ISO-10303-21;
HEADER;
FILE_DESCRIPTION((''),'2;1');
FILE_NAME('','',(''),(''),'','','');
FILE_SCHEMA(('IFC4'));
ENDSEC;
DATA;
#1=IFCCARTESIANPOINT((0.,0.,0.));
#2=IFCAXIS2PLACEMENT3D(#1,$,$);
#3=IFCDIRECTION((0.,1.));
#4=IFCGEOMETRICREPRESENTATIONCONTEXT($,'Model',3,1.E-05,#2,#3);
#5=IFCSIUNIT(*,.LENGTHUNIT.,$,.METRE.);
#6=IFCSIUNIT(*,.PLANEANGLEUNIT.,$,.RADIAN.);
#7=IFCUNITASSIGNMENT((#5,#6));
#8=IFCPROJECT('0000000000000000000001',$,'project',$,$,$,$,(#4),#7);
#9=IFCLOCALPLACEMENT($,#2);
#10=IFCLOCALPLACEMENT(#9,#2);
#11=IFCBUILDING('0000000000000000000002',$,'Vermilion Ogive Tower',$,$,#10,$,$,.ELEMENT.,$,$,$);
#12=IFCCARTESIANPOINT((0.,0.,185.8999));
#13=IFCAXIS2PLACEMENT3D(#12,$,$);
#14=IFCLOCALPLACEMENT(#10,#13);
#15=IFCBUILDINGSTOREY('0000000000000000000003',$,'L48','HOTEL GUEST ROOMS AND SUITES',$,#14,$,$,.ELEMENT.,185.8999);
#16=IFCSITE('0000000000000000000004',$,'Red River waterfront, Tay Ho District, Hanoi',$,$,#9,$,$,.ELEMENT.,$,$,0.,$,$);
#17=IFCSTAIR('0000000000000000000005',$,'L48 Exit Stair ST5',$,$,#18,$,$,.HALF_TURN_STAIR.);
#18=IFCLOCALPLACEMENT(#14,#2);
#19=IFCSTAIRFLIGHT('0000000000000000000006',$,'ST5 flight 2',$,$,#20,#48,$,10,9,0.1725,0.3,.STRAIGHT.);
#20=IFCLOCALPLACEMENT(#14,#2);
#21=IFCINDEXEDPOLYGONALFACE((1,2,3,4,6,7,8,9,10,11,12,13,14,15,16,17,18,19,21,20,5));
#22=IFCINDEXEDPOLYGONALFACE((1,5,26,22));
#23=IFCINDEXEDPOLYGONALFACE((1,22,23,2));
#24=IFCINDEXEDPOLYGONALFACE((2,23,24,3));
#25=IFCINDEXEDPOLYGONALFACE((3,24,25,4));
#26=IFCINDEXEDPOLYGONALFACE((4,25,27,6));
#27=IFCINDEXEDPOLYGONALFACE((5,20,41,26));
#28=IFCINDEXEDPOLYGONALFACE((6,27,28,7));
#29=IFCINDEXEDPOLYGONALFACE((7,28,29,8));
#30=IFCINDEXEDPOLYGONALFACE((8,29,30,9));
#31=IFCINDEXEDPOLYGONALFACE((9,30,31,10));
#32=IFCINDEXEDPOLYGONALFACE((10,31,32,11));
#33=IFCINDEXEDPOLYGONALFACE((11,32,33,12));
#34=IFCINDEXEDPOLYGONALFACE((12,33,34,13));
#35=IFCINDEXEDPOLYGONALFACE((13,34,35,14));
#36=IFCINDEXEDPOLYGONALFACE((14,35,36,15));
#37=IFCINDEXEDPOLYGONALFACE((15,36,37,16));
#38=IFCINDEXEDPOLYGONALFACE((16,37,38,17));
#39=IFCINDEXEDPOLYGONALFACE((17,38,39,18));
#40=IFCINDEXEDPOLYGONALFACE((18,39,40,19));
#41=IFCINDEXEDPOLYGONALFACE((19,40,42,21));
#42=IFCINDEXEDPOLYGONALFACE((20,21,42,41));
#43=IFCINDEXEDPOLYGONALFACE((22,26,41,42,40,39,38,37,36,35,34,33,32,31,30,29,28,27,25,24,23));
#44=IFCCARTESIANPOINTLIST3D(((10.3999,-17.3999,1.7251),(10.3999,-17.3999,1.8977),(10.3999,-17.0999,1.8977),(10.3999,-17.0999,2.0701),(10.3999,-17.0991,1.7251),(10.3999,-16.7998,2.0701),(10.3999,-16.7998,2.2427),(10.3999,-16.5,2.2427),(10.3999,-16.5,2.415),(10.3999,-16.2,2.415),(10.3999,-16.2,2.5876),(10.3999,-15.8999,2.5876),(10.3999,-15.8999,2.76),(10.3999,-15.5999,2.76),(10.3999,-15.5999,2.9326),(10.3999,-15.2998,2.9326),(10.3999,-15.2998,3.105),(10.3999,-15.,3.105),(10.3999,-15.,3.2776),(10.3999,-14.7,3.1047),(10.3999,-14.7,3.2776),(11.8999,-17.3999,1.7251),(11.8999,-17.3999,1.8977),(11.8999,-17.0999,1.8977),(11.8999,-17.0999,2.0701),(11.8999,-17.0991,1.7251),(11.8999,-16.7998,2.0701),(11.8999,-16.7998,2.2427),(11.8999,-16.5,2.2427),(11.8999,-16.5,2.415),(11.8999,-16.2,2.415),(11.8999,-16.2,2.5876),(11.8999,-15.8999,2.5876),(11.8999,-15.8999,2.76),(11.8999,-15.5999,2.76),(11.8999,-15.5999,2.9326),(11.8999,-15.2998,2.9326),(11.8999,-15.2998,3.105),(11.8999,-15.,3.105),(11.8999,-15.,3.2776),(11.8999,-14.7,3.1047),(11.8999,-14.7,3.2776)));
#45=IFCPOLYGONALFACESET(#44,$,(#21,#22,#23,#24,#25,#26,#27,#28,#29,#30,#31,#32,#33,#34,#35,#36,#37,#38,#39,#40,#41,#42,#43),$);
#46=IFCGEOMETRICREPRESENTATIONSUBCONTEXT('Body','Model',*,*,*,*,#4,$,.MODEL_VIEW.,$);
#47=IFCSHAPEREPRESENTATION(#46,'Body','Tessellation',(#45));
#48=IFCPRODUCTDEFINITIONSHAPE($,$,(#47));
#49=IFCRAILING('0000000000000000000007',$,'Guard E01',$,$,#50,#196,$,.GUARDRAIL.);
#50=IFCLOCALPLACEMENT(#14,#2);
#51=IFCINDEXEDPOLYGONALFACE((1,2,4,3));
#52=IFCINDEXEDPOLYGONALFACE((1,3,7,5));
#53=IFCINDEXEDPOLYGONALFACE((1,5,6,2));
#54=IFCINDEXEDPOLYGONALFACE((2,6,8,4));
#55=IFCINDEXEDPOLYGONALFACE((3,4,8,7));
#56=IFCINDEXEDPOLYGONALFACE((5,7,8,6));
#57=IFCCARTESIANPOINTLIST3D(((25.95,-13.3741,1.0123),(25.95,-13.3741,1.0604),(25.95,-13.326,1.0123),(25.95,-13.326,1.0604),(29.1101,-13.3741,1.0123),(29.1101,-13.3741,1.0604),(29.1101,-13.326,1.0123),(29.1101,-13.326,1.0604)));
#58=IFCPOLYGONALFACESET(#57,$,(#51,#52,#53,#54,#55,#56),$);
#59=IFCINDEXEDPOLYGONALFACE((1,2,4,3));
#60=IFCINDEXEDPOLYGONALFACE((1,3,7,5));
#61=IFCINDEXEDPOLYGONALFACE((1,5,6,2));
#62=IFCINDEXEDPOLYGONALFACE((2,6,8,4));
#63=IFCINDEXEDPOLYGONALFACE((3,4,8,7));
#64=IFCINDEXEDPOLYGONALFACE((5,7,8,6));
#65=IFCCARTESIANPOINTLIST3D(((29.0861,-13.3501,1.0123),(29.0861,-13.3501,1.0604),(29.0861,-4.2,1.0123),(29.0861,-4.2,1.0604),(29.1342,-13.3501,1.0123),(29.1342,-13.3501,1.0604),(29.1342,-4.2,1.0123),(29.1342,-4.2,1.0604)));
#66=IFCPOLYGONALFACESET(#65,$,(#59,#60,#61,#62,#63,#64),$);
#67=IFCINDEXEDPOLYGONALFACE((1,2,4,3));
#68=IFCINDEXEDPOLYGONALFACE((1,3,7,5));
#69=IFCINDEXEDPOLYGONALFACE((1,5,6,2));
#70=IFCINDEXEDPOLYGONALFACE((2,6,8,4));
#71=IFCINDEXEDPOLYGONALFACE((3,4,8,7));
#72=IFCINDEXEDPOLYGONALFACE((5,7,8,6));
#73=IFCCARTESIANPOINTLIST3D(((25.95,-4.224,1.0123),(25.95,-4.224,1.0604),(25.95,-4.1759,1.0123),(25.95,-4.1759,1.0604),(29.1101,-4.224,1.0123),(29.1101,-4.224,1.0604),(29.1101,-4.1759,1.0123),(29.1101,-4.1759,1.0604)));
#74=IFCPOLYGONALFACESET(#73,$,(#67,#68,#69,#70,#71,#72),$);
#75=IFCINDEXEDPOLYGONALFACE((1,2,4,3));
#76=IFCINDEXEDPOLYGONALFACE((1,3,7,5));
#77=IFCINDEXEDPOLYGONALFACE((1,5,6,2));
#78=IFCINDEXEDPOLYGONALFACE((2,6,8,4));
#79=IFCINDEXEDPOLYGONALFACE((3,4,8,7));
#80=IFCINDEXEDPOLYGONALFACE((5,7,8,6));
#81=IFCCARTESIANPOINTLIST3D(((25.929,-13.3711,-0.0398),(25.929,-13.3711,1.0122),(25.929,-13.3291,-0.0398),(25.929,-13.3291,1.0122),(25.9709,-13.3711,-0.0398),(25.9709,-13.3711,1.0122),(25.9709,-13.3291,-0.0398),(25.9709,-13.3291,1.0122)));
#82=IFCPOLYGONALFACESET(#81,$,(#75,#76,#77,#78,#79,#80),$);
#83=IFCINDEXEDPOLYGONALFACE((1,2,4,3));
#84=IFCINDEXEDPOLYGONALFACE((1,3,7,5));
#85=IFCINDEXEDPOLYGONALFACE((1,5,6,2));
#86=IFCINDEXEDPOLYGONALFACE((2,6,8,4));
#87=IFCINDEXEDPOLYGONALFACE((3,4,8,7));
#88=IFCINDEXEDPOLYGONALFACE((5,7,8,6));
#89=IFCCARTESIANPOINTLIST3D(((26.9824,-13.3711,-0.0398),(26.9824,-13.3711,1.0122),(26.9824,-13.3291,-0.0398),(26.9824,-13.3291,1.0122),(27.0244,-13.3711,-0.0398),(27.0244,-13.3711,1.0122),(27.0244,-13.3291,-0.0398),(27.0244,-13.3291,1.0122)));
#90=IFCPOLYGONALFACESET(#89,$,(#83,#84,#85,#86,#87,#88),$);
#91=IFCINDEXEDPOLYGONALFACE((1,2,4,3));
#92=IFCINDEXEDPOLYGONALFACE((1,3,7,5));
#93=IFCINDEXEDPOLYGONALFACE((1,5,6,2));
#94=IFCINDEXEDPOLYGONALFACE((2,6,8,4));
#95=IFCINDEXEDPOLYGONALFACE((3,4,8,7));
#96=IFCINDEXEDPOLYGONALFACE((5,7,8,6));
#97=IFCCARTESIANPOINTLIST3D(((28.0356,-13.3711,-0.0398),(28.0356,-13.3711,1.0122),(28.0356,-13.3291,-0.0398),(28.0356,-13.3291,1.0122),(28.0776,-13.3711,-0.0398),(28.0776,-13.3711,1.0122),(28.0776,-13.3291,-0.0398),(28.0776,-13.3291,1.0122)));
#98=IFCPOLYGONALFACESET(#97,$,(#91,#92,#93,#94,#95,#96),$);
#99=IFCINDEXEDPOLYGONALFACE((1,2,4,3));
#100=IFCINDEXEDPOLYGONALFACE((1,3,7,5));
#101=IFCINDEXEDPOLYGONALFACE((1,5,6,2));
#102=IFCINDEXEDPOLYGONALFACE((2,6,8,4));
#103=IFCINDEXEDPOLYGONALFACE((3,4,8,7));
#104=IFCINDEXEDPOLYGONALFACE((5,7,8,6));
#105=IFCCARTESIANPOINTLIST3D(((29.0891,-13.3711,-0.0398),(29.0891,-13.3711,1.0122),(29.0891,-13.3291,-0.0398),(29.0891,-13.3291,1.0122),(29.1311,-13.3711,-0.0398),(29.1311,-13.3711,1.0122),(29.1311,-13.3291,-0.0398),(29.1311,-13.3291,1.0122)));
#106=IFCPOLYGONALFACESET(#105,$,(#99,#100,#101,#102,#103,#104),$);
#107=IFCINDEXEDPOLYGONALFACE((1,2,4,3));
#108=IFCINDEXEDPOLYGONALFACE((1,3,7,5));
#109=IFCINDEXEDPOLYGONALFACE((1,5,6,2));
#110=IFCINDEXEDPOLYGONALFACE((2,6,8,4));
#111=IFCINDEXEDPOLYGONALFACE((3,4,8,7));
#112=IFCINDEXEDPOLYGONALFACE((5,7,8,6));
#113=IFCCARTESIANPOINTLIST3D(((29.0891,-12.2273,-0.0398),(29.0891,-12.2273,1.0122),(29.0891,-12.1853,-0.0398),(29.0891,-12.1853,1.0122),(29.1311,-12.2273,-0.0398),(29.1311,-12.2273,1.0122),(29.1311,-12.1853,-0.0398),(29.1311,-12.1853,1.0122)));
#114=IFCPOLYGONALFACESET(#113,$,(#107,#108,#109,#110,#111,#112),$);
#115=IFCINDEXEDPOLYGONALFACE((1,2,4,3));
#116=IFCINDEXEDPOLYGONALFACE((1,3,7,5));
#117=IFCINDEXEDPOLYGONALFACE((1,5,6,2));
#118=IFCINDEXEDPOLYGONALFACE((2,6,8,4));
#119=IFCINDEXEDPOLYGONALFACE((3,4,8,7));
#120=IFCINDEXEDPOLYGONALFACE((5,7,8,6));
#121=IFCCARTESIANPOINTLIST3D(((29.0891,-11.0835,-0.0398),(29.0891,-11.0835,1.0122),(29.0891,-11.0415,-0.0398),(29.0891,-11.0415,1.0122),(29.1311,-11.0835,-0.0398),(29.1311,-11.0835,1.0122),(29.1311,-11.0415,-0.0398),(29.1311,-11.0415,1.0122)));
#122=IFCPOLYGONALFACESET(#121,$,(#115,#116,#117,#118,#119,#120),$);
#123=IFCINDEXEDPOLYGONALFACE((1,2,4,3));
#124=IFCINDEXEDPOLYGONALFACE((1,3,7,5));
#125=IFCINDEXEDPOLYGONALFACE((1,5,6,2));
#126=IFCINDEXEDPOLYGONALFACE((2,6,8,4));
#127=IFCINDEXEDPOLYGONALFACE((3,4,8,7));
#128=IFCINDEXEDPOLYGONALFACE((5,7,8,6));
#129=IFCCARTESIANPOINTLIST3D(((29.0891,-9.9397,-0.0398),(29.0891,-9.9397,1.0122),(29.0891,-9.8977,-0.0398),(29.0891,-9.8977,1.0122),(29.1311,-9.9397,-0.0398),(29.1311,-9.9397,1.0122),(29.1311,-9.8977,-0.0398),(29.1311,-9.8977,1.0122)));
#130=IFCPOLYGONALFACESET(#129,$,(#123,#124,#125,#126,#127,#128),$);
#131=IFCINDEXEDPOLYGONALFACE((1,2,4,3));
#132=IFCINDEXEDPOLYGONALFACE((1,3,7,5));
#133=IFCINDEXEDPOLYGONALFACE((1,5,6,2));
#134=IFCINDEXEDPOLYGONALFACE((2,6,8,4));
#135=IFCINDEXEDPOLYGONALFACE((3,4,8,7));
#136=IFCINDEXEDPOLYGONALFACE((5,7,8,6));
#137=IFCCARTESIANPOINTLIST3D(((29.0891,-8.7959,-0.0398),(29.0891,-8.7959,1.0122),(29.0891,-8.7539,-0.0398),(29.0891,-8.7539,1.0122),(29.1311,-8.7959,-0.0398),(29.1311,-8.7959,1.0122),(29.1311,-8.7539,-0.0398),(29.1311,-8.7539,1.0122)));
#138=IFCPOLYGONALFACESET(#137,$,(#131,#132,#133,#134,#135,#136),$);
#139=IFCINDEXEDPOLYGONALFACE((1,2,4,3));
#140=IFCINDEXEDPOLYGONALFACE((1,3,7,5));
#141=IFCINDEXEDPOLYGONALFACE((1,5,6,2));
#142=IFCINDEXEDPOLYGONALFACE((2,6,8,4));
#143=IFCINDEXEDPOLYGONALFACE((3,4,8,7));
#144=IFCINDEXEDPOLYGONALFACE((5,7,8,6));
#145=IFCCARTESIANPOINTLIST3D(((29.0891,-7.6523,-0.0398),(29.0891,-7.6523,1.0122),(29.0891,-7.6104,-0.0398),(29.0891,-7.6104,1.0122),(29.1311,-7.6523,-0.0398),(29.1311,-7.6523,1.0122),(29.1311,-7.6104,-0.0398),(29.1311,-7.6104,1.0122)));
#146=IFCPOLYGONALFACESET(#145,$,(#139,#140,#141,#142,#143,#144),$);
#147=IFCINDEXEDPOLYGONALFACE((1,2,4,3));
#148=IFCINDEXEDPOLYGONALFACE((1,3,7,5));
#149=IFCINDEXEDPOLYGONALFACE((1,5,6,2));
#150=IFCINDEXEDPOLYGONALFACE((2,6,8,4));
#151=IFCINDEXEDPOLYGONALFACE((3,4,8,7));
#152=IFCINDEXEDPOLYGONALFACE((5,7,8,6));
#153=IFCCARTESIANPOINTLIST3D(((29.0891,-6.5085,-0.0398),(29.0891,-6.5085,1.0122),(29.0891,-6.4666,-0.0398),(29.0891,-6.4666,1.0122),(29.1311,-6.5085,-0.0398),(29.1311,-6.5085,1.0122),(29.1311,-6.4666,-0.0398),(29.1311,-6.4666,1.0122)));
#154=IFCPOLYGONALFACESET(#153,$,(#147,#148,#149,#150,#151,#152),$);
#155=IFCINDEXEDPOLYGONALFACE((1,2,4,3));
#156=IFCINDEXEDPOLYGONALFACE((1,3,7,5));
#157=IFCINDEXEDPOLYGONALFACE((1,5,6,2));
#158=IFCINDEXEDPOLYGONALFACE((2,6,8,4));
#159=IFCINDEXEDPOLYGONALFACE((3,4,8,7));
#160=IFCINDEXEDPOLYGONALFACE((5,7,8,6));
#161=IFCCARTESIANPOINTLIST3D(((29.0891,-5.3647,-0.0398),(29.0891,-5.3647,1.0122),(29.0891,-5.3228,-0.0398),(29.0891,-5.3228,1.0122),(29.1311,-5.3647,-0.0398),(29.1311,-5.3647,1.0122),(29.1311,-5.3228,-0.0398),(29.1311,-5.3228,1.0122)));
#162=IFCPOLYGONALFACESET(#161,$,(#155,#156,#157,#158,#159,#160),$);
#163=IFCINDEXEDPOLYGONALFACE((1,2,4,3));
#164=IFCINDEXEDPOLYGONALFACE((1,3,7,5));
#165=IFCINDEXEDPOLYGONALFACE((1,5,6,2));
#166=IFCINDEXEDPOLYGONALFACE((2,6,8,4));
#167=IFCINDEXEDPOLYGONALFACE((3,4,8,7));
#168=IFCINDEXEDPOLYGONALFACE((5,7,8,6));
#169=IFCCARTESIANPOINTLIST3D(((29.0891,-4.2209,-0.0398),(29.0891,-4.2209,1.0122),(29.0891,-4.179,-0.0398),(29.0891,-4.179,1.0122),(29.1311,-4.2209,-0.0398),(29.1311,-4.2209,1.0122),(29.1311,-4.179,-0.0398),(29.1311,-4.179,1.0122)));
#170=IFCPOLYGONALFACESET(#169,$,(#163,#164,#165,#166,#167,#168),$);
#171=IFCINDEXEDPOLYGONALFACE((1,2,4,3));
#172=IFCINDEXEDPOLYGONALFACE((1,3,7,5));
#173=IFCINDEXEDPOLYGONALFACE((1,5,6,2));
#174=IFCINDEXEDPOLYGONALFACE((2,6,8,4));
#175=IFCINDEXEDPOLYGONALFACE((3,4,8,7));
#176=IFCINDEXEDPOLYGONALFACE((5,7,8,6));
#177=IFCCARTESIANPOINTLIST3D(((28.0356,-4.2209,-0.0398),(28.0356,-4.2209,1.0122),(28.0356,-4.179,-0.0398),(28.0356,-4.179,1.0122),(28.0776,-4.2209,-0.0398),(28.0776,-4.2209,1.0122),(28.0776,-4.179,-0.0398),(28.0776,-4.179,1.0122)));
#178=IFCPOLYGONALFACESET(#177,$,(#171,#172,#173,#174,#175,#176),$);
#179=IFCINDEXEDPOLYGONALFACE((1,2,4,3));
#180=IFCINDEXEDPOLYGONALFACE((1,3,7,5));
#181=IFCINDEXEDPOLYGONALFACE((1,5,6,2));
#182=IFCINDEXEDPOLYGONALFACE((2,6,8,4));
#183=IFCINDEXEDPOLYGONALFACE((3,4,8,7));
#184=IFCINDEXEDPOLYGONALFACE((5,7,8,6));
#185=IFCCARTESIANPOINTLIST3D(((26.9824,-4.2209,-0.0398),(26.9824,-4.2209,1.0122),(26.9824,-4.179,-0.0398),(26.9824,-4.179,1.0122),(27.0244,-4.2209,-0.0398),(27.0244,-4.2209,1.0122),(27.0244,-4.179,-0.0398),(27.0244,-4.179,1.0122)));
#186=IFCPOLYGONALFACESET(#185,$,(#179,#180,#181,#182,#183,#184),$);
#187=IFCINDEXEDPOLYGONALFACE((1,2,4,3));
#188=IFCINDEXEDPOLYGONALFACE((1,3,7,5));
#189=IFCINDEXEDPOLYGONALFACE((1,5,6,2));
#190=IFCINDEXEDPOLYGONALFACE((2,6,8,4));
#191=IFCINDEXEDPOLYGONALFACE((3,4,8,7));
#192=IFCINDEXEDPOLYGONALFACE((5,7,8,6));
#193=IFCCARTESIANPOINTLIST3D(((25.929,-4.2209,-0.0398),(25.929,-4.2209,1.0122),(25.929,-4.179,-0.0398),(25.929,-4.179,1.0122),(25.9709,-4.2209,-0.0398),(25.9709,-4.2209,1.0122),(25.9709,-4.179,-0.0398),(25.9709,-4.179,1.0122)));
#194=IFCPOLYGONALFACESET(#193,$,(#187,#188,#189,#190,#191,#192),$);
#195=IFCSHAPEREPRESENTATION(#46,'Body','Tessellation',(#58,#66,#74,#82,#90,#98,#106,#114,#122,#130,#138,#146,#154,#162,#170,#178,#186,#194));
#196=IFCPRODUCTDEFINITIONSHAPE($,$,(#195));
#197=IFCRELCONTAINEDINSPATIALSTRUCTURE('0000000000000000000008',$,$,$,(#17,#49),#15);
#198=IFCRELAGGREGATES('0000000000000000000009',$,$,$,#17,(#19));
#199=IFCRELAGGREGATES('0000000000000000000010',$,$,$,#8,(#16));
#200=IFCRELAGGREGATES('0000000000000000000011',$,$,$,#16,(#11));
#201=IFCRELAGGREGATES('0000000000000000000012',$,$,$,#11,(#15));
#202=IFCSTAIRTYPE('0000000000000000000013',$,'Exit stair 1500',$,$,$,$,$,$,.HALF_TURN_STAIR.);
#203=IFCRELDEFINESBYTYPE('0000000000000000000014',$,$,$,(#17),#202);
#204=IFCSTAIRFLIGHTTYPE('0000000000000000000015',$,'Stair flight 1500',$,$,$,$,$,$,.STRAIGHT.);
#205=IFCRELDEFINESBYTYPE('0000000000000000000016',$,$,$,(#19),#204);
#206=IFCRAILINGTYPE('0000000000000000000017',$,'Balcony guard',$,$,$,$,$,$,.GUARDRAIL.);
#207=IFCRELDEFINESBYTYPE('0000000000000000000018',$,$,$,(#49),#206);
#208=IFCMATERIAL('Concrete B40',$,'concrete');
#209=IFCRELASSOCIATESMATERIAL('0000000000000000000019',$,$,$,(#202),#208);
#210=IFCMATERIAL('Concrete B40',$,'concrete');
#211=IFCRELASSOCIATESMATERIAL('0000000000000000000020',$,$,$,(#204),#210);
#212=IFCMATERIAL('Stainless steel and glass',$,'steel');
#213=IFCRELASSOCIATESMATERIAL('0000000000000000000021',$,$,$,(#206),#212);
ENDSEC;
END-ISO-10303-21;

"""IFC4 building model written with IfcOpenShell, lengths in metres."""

from ifc_helpers import new_model, si_unit, direction, frame, origin, origin_2d, place, context, subcontext, project, spatial, polyline, rectangle, outline, extrude, material, type_object, element, aggregate, save


model = new_model("IFC4")

# Units and contexts
model_context = context("Model", 3, precision=1e-05, world=origin(), true_north=direction((0.0, 1.0)))
body_context = subcontext(model_context, "Body", "Model", "MODEL_VIEW")
ifc_project = project(units=[si_unit("LENGTHUNIT", "METRE"), si_unit("PLANEANGLEUNIT", "RADIAN")], contexts=[model_context])

# Site, building, storey
site_placement = place(None, origin())
site = spatial("IfcSite", under=ifc_project, at=site_placement, Name="Red River waterfront, Tay Ho District, Hanoi", CompositionType="ELEMENT", RefElevation=0.0)
building_placement = place(site_placement, origin())
building = spatial("IfcBuilding", under=site, at=building_placement, Name="Vermilion Ogive Tower", CompositionType="ELEMENT")
storey_placement = place(building_placement, frame((0.0, 0.0, 185.8999)))
storey = spatial("IfcBuildingStorey", under=building, at=storey_placement, Name="L48", Description="HOTEL GUEST ROOMS AND SUITES", CompositionType="ELEMENT", Elevation=185.8999)

# Stair, stair flight
ifc_material_1 = material(Name="Concrete B40", Category="concrete")
stair_type = type_object("IfcStairType", Name="Exit stair 1500", PredefinedType="HALF_TURN_STAIR", material=ifc_material_1)
stair_placement = place(storey_placement, origin())
stair = element("IfcStair", 1, at=stair_placement, inside=storey, type_object=stair_type, Name="L48 Exit Stair ST5", PredefinedType="HALF_TURN_STAIR")
ifc_material_2 = material(Name="Concrete B40", Category="concrete")
stair_flight_type = type_object("IfcStairFlightType", Name="Stair flight 1500", PredefinedType="STRAIGHT", material=ifc_material_2)
stair_flight_1_placement = place(storey_placement, frame((11.1499, -17.3999, 1.7251), z_axis=(0.0, 0.0, 1.0), x_axis=(0.0, 1.0, 0.0)))
stair_flight_1 = element("IfcStairFlight", 2, at=stair_flight_1_placement, type_object=stair_flight_type, Name="ST5 flight 2", NumberOfRisers=10, NumberOfTreads=9, PredefinedType="STRAIGHT", RiserHeight=0.1725, TreadLength=0.3, context=body_context, shape_type="SweptSolid", body=[
    extrude(outline(polyline([(0.0, 0.0), (0.0, 0.1726), (0.3, 0.1726), (0.3, 0.345), (0.6001, 0.345), (0.6001, 0.5176), (0.8999, 0.5176), (0.8999, 0.6899), (1.2, 0.6899), (1.2, 0.8625), (1.5, 0.8625), (1.5, 1.0349), (1.8, 1.0349), (1.8, 1.2075), (2.1001, 1.2075), (2.1001, 1.3799), (2.3999, 1.3799), (2.3999, 1.5525), (2.7, 1.5525), (2.7, 1.7251), (2.7, 1.3796), (0.3008, 0.0), (0.0, 0.0)])), frame((0.0, 0.75, 0.0), z_axis=(0.0, -1.0, 0.0), x_axis=(1.0, 0.0, 0.0)), (0.0, 0.0, 1.0), 1.5),
])
aggregate(stair, [stair_flight_1])

# Railing
ifc_material_3 = material(Name="Stainless steel and glass", Category="steel")
railing_type_1 = type_object("IfcRailingType", Name="Balcony guard", PredefinedType="GUARDRAIL", material=ifc_material_3)
railing_1_placement = place(storey_placement, frame((25.95, -13.3501, -0.0398)))
element("IfcRailing", 3, at=railing_1_placement, inside=storey, type_object=railing_type_1, Name="Guard E01", PredefinedType="GUARDRAIL", context=body_context, shape_type="SweptSolid", body=[
    extrude(rectangle(XDim=0.0481, YDim=0.0481, at=origin_2d()), frame((0.0, 0.0, 1.0762), z_axis=(1.0, 0.0, 0.0), x_axis=(0.0, 1.0, 0.0)), (0.0, 0.0, 1.0), 3.1602),
    extrude(rectangle(XDim=0.0481, YDim=0.0481, at=origin_2d()), frame((3.1602, 0.0, 1.0762), z_axis=(0.0, 1.0, 0.0), x_axis=(-1.0, 0.0, 0.0)), (0.0, 0.0, 1.0), 9.1501),
    extrude(rectangle(XDim=0.0481, YDim=0.0481, at=origin_2d()), frame((3.1602, 9.1501, 1.0762), z_axis=(-1.0, 0.0, 0.0), x_axis=(0.0, -1.0, 0.0)), (0.0, 0.0, 1.0), 3.1602),
    extrude(rectangle(XDim=0.042, YDim=0.042, at=origin_2d()), origin(), (0.0, 0.0, 1.0), 1.052),
    extrude(rectangle(XDim=0.042, YDim=0.042, at=origin_2d()), frame((1.0535, 0.0, 0.0)), (0.0, 0.0, 1.0), 1.052),
    extrude(rectangle(XDim=0.042, YDim=0.042, at=origin_2d()), frame((2.1067, 0.0, 0.0)), (0.0, 0.0, 1.0), 1.052),
    extrude(rectangle(XDim=0.042, YDim=0.042, at=origin_2d()), frame((3.1602, 0.0, 0.0)), (0.0, 0.0, 1.0), 1.052),
    extrude(rectangle(XDim=0.042, YDim=0.042, at=origin_2d()), frame((3.1602, 1.1438, 0.0)), (0.0, 0.0, 1.0), 1.052),
    extrude(rectangle(XDim=0.042, YDim=0.042, at=origin_2d()), frame((3.1602, 2.2876, 0.0)), (0.0, 0.0, 1.0), 1.052),
    extrude(rectangle(XDim=0.042, YDim=0.042, at=origin_2d()), frame((3.1602, 3.4314, 0.0)), (0.0, 0.0, 1.0), 1.052),
    extrude(rectangle(XDim=0.042, YDim=0.042, at=origin_2d()), frame((3.1602, 4.5752, 0.0)), (0.0, 0.0, 1.0), 1.052),
    extrude(rectangle(XDim=0.042, YDim=0.042, at=origin_2d()), frame((3.1602, 5.7188, 0.0)), (0.0, 0.0, 1.0), 1.052),
    extrude(rectangle(XDim=0.042, YDim=0.042, at=origin_2d()), frame((3.1602, 6.8625, 0.0)), (0.0, 0.0, 1.0), 1.052),
    extrude(rectangle(XDim=0.042, YDim=0.042, at=origin_2d()), frame((3.1602, 8.0063, 0.0)), (0.0, 0.0, 1.0), 1.052),
    extrude(rectangle(XDim=0.042, YDim=0.042, at=origin_2d()), frame((3.1602, 9.1501, 0.0)), (0.0, 0.0, 1.0), 1.052),
    extrude(rectangle(XDim=0.042, YDim=0.042, at=origin_2d()), frame((2.1067, 9.1501, 0.0)), (0.0, 0.0, 1.0), 1.052),
    extrude(rectangle(XDim=0.042, YDim=0.042, at=origin_2d()), frame((1.0535, 9.1501, 0.0)), (0.0, 0.0, 1.0), 1.052),
    extrude(rectangle(XDim=0.042, YDim=0.042, at=origin_2d()), frame((0.0, 9.1501, 0.0)), (0.0, 0.0, 1.0), 1.052),
])

save(model, "model.ifc")
